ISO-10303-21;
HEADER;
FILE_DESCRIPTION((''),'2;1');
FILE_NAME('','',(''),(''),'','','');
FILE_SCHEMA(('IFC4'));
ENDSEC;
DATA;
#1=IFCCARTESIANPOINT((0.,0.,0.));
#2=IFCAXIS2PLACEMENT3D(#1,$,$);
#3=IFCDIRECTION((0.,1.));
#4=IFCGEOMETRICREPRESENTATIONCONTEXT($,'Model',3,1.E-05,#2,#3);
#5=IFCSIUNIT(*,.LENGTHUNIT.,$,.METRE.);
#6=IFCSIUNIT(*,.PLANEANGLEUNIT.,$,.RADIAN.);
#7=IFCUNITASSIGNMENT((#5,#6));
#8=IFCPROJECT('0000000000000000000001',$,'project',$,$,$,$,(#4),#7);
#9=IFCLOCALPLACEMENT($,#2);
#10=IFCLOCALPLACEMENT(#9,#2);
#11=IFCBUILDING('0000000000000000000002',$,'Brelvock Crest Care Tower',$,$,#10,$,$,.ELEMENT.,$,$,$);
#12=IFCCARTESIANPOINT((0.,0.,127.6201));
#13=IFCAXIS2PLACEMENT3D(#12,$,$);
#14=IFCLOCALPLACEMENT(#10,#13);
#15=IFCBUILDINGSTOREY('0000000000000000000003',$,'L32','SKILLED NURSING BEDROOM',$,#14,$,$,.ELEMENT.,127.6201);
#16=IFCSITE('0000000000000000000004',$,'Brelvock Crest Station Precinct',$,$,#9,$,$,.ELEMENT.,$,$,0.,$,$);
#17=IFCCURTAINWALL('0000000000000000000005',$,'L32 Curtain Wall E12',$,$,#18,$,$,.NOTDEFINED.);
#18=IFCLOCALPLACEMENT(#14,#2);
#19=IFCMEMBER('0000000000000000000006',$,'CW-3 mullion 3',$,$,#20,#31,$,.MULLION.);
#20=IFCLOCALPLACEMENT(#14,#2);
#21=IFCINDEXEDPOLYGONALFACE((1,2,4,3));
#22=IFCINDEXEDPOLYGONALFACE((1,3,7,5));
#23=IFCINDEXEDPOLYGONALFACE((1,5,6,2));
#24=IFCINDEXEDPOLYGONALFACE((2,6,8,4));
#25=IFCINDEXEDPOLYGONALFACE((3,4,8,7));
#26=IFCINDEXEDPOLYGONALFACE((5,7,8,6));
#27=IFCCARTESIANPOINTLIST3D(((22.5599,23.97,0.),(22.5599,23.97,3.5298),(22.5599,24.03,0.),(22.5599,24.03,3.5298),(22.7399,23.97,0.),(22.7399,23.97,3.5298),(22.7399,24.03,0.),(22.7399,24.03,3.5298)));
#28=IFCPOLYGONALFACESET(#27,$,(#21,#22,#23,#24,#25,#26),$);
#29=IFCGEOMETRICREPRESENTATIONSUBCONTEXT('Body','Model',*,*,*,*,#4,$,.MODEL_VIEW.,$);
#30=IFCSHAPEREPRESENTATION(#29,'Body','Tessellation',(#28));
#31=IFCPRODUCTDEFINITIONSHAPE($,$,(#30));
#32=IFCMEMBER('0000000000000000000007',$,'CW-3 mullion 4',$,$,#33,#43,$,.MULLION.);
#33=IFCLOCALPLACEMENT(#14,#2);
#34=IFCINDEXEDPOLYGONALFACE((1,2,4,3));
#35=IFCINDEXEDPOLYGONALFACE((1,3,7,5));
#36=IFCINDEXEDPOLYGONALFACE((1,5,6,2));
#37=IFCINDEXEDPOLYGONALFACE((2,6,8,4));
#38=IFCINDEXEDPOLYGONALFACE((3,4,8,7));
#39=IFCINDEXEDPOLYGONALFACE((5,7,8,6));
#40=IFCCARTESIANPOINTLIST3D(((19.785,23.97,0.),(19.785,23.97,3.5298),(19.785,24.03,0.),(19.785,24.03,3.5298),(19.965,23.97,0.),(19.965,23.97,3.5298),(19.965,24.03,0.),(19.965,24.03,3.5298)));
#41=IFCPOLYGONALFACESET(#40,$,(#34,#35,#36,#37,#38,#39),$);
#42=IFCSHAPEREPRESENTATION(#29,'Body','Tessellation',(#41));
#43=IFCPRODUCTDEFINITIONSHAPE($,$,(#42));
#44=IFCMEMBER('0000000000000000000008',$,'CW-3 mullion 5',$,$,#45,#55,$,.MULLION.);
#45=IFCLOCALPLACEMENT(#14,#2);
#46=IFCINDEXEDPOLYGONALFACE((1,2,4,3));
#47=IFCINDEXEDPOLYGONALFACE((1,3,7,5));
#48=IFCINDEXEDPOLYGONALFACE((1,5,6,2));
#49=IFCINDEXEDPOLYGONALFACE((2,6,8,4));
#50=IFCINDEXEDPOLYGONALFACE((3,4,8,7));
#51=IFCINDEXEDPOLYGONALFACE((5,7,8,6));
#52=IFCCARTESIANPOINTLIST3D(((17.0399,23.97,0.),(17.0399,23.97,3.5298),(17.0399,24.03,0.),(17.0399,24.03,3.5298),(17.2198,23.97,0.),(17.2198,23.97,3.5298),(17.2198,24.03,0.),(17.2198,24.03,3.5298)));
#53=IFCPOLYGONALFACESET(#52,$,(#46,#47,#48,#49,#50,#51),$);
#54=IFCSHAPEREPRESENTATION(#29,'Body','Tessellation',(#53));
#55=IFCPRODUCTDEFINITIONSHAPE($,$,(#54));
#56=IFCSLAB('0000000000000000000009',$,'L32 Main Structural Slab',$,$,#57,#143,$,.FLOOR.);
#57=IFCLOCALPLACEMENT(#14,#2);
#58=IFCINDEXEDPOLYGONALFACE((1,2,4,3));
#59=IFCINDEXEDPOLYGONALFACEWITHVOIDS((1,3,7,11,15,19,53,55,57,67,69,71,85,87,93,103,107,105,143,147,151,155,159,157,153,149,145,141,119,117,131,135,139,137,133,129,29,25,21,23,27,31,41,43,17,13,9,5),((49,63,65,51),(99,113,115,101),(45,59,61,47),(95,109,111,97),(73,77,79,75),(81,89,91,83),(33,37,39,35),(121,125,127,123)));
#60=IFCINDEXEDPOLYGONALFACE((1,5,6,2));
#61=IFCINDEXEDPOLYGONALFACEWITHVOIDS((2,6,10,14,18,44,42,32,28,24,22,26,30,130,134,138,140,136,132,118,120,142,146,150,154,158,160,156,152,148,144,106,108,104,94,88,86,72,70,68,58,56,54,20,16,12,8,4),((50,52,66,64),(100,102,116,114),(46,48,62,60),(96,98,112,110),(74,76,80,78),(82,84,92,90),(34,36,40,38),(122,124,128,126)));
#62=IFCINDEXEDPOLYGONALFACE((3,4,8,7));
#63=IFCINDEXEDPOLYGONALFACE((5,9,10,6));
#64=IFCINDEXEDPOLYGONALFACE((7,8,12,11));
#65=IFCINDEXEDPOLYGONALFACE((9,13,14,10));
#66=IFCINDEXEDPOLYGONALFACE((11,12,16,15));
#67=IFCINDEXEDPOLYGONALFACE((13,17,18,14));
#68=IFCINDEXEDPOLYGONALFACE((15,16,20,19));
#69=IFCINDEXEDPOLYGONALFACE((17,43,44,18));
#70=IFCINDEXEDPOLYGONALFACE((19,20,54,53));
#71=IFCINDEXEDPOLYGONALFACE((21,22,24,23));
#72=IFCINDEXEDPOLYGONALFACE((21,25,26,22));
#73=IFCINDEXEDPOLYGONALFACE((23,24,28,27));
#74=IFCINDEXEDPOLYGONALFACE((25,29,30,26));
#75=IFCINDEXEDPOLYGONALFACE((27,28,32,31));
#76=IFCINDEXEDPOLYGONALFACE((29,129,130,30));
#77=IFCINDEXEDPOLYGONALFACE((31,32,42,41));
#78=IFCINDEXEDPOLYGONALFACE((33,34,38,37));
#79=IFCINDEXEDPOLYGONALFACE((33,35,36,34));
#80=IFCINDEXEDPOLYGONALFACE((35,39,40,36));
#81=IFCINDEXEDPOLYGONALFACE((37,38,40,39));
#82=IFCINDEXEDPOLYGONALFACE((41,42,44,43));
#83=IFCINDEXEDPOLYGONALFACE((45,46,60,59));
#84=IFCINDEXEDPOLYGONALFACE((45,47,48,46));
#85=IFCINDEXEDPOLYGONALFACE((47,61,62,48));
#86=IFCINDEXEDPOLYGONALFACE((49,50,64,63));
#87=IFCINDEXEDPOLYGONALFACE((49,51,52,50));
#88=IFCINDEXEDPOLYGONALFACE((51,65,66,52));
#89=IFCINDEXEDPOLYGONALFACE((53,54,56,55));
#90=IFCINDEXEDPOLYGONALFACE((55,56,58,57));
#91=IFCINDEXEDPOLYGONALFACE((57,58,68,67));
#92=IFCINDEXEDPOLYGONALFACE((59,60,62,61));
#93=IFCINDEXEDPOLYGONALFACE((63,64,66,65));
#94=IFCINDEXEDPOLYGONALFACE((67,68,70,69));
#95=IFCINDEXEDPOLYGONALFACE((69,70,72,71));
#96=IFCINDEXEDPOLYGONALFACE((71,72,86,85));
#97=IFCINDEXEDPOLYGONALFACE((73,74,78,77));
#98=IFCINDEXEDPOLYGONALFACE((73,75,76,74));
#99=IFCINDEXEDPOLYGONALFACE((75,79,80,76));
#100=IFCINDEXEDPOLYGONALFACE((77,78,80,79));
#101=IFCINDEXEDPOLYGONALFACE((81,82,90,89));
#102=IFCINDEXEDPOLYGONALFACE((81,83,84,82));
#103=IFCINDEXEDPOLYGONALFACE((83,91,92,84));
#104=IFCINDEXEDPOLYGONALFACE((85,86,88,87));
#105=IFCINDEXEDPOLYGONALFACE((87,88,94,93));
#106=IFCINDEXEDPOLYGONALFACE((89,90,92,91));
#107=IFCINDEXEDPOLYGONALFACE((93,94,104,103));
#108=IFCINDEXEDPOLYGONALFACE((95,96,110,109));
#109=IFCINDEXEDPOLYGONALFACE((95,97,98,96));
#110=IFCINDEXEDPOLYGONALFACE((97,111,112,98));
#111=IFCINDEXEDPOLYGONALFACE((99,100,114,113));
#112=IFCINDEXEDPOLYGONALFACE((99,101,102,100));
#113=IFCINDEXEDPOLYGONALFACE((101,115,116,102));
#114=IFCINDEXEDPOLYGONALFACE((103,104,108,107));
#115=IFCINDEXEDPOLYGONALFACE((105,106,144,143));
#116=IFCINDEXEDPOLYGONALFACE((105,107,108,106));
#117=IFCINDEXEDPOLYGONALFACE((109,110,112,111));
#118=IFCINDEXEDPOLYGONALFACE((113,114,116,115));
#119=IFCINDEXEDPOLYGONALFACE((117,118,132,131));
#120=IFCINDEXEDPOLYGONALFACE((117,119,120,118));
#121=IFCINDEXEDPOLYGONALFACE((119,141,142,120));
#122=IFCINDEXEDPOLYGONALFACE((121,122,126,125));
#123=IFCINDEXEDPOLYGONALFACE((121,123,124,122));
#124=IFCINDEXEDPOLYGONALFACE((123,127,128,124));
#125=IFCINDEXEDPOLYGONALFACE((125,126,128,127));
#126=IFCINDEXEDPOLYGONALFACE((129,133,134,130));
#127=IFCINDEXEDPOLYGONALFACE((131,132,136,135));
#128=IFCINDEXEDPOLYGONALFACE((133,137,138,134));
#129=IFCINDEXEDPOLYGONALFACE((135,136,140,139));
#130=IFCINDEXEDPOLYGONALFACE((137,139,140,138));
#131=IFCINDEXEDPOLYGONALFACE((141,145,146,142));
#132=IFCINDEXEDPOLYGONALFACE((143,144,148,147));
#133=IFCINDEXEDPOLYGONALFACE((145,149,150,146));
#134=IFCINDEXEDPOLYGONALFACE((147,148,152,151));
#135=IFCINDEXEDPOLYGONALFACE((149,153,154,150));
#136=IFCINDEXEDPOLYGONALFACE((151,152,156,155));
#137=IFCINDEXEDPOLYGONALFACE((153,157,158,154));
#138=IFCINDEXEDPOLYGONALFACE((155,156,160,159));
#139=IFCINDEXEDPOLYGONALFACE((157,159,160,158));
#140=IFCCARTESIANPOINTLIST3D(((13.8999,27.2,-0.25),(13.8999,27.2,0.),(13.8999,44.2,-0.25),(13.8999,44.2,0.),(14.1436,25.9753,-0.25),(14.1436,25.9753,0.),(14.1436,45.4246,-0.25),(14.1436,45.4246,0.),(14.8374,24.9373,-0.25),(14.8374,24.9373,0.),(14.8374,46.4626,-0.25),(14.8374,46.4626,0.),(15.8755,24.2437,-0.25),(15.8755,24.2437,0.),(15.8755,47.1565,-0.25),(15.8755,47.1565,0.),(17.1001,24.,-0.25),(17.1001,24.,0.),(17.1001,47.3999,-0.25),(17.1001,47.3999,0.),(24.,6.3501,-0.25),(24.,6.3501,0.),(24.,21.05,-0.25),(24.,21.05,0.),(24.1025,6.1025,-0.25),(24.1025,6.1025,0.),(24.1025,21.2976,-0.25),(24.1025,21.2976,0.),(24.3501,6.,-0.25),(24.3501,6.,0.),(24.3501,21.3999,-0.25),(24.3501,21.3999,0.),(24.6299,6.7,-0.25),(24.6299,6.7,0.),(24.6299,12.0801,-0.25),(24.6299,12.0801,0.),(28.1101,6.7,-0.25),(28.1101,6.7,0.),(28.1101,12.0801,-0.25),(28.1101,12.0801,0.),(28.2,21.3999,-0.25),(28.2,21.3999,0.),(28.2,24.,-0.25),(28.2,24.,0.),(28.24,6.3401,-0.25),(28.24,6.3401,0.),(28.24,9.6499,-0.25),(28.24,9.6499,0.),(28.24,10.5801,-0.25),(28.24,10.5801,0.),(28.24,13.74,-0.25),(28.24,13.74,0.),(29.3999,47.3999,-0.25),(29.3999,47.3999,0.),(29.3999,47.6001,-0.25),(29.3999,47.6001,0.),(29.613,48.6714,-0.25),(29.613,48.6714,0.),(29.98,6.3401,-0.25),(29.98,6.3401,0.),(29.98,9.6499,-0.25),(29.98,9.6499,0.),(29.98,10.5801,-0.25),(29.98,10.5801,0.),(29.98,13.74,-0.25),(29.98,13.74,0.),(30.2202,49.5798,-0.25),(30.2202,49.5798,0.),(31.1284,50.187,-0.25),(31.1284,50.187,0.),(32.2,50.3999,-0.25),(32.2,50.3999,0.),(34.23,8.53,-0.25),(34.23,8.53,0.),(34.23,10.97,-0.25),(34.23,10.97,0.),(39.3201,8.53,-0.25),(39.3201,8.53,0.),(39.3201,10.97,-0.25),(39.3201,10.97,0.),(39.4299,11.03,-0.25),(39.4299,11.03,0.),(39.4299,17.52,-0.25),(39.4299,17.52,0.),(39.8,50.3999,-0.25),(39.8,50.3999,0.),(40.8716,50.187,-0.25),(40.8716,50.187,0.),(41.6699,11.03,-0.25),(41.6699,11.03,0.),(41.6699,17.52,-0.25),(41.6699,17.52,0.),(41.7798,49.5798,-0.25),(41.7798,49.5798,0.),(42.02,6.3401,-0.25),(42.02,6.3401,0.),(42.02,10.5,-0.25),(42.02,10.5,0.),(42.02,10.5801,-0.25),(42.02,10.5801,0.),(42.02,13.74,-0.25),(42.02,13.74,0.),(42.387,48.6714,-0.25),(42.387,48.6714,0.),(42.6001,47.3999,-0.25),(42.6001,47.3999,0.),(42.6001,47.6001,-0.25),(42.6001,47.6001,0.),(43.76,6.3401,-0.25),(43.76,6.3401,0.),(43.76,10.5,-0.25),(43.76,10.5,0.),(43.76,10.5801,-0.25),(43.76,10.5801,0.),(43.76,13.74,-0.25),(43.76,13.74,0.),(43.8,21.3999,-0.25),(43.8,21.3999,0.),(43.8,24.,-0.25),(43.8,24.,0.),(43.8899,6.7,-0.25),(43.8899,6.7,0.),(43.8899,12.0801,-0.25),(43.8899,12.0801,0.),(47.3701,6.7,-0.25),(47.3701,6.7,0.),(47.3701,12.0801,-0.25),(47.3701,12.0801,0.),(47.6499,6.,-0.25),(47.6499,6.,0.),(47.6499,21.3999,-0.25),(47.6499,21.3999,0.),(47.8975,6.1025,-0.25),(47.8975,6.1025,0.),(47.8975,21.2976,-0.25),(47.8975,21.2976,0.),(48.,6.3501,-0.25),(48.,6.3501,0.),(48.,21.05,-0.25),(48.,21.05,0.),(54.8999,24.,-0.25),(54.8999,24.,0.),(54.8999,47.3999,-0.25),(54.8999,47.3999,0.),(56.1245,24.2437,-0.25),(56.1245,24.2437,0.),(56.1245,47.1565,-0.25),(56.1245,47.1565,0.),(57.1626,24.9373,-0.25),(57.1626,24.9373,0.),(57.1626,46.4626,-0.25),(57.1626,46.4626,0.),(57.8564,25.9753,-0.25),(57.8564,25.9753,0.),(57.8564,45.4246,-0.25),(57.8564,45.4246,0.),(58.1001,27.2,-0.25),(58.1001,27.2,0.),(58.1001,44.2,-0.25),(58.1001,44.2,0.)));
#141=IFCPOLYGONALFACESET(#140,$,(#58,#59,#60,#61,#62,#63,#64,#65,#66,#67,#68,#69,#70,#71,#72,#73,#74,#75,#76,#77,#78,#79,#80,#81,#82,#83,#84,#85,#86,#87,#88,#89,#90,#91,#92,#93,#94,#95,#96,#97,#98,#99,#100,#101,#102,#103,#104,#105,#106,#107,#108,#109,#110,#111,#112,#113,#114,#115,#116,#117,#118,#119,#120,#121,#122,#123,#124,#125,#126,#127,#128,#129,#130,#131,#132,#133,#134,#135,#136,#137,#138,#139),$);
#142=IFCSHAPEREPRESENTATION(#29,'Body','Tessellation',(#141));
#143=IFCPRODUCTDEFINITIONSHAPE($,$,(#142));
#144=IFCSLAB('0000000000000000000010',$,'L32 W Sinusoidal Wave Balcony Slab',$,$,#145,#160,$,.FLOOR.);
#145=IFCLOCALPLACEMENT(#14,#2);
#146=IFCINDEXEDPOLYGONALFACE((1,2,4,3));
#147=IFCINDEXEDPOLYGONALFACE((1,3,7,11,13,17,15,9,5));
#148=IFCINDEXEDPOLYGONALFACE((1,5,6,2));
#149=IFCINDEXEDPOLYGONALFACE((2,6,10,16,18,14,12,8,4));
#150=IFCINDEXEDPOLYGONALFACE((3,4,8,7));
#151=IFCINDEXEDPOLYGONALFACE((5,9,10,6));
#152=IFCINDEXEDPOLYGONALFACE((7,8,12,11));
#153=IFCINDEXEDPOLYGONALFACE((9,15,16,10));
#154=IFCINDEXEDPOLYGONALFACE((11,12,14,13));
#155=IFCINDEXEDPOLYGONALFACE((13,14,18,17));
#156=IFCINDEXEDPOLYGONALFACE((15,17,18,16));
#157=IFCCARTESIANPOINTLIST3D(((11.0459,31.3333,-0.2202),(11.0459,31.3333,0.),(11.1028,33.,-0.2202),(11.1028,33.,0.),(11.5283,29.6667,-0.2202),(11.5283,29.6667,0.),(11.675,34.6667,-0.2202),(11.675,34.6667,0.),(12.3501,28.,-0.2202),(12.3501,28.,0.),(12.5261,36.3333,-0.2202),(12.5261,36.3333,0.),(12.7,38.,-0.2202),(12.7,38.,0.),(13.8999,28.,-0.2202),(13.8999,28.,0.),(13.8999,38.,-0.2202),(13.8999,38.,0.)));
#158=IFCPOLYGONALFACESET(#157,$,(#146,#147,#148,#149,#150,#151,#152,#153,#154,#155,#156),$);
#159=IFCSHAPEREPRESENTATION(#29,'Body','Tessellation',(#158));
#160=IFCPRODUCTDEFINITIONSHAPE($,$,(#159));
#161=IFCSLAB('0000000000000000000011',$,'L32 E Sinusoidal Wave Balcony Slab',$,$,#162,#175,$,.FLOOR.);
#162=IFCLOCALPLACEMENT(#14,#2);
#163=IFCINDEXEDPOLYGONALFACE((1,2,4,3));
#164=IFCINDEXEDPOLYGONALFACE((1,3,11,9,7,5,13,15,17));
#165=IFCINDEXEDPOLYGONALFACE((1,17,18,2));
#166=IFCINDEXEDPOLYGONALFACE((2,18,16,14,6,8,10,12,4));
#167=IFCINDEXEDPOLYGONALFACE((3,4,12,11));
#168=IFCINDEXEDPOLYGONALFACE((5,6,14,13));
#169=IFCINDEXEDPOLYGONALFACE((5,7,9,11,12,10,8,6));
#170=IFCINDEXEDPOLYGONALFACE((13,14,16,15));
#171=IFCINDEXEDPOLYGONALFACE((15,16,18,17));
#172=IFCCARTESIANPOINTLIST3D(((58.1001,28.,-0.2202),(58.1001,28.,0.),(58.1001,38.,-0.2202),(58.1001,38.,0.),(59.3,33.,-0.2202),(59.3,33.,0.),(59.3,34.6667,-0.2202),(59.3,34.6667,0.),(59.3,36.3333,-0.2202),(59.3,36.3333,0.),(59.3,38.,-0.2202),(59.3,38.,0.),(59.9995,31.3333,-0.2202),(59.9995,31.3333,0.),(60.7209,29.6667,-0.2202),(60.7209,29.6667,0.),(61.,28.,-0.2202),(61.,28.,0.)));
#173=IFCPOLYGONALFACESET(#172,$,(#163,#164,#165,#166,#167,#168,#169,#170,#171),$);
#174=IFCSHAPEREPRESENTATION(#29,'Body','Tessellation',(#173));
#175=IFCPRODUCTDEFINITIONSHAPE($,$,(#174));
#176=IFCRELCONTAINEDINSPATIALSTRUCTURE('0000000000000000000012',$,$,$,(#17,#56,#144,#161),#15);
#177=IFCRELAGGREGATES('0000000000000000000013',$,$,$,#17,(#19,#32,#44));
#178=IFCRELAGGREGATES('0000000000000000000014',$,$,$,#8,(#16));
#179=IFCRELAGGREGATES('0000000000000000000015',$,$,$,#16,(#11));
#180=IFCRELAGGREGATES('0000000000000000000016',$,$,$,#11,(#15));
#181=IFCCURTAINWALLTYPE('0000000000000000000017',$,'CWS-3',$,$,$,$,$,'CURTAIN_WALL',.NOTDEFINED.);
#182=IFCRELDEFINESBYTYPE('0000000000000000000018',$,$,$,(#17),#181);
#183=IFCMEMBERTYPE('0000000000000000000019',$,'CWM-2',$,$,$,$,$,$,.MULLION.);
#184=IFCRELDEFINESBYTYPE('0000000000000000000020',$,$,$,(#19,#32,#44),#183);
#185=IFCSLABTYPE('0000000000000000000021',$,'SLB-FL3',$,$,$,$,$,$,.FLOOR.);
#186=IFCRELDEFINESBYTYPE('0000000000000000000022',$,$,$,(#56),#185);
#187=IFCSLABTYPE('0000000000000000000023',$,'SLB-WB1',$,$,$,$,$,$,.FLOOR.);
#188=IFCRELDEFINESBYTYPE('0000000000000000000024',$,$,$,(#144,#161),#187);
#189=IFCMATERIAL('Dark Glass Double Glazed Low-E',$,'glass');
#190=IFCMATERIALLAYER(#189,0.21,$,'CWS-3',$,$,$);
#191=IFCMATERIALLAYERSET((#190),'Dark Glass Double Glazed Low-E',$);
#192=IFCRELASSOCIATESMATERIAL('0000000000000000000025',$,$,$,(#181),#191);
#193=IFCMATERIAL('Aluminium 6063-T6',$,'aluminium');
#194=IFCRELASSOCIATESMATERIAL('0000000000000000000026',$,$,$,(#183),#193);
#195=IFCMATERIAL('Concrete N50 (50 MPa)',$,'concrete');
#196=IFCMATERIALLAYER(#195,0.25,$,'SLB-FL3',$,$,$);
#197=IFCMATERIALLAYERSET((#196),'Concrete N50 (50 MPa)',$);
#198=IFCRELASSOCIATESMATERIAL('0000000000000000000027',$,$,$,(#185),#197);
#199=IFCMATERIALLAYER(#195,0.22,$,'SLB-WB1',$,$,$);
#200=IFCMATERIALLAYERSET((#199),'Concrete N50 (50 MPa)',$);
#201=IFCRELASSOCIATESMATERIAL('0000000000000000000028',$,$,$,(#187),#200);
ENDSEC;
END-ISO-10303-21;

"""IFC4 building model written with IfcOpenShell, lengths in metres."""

from ifc_helpers import new_model, si_unit, direction, frame, origin, origin_2d, place, context, subcontext, project, spatial, polyline, rectangle, outline, extrude, source, transform, mapped, material, layer, layer_set, material_profile, profile_set, type_object, element, aggregate, save


model = new_model("IFC4")

# Units and contexts
model_context = context("Model", 3, precision=1e-05, world=origin(), true_north=direction((0.0, 1.0)))
body_context = subcontext(model_context, "Body", "Model", "MODEL_VIEW")
ifc_project = project(units=[si_unit("LENGTHUNIT", "METRE"), si_unit("PLANEANGLEUNIT", "RADIAN")], contexts=[model_context])

# Site, building, storey
site_placement = place(None, origin())
site = spatial("IfcSite", under=ifc_project, at=site_placement, Name="Brelvock Crest Station Precinct", CompositionType="ELEMENT", RefElevation=0.0)
building_placement = place(site_placement, origin())
building = spatial("IfcBuilding", under=site, at=building_placement, Name="Brelvock Crest Care Tower", CompositionType="ELEMENT")
storey_placement = place(building_placement, frame((0.0, 0.0, 127.6201)))
storey = spatial("IfcBuildingStorey", under=building, at=storey_placement, Name="L32", Description="SKILLED NURSING BEDROOM", CompositionType="ELEMENT", Elevation=127.6201)

# Curtain wall, members
ifc_material_1 = material(Name="Dark Glass Double Glazed Low-E", Category="glass")
ifc_layer_1 = layer(ifc_material_1, 0.21, Name="CWS-3")
ifc_layer_set_1 = layer_set([ifc_layer_1], Name="Dark Glass Double Glazed Low-E")
curtain_wall_type = type_object("IfcCurtainWallType", Name="CWS-3", ElementType="CURTAIN_WALL", PredefinedType="NOTDEFINED", material=ifc_layer_set_1)
curtain_wall_placement = place(storey_placement, origin())
curtain_wall = element("IfcCurtainWall", 1, at=curtain_wall_placement, inside=storey, type_object=curtain_wall_type, Name="L32 Curtain Wall E12", PredefinedType="NOTDEFINED")
ifc_material_2 = material(Name="Aluminium 6063-T6", Category="aluminium")
ifc_material_profile_1 = material_profile(ifc_material_2, rectangle(XDim=0.0601, YDim=0.1799, at=origin_2d()), Name="ALU60x180")
ifc_profile_set_1 = profile_set([ifc_material_profile_1], Name="Aluminium 6063-T6")
member_type_1 = type_object("IfcMemberType", Name="CWM-2", PredefinedType="MULLION", material=ifc_profile_set_1)
shared_shape_1 = source(origin(), body_context, "Body", "SweptSolid", [
    extrude(rectangle(XDim=0.0601, YDim=0.1799, at=origin_2d()), origin(), (0.0, 0.0, 1.0), 3.5298),
])
member_1_placement = place(storey_placement, frame((22.6499, 24.0, 0.0), z_axis=(0.0, 0.0, 1.0), x_axis=(0.0, -1.0, 0.0)))
member_1 = element("IfcMember", 2, at=member_1_placement, type_object=member_type_1, Name="CW-3 mullion 3", PredefinedType="MULLION", context=body_context, shape_type="MappedRepresentation", body=[
    mapped(shared_shape_1, transform((0.0, 0.0, 0.0), x_axis=(1.0, 0.0, 0.0), y_axis=(0.0, 1.0, 0.0), z_axis=(0.0, 0.0, 1.0), scale=1.0)),
])
member_2_placement = place(storey_placement, frame((19.875, 24.0, 0.0), z_axis=(0.0, 0.0, 1.0), x_axis=(0.0, -1.0, 0.0)))
member_2 = element("IfcMember", 3, at=member_2_placement, type_object=member_type_1, Name="CW-3 mullion 4", PredefinedType="MULLION", context=body_context, shape_type="MappedRepresentation", body=[
    mapped(shared_shape_1, transform((0.0, 0.0, 0.0), x_axis=(1.0, 0.0, 0.0), y_axis=(0.0, 1.0, 0.0), z_axis=(0.0, 0.0, 1.0), scale=1.0)),
])
member_3_placement = place(storey_placement, frame((17.1299, 24.0, 0.0), z_axis=(0.0, 0.0, 1.0), x_axis=(0.0, -1.0, 0.0)))
member_3 = element("IfcMember", 4, at=member_3_placement, type_object=member_type_1, Name="CW-3 mullion 5", PredefinedType="MULLION", context=body_context, shape_type="MappedRepresentation", body=[
    mapped(shared_shape_1, transform((0.0, 0.0, 0.0), x_axis=(1.0, 0.0, 0.0), y_axis=(0.0, 1.0, 0.0), z_axis=(0.0, 0.0, 1.0), scale=1.0)),
])

# Slabs
ifc_material_3 = material(Name="Concrete N50 (50 MPa)", Category="concrete")
ifc_layer_2 = layer(ifc_material_3, 0.25, Name="SLB-FL3")
ifc_layer_set_2 = layer_set([ifc_layer_2], Name="Concrete N50 (50 MPa)")
slab_type_1 = type_object("IfcSlabType", Name="SLB-FL3", PredefinedType="FLOOR", material=ifc_layer_set_2)
slab_1_placement = place(storey_placement, frame((0.0, 0.0, -0.25)))
element("IfcSlab", 5, at=slab_1_placement, inside=storey, type_object=slab_type_1, Name="L32 Main Structural Slab", PredefinedType="FLOOR", context=body_context, shape_type="SweptSolid", body=[
    extrude(outline(polyline([(47.6499, 21.3999), (43.8, 21.3999), (43.8, 24.0), (54.8999, 24.0), (56.1245, 24.2437), (57.1626, 24.9373), (57.8564, 25.9753), (58.1001, 27.2), (58.1001, 44.2), (57.8564, 45.4246), (57.1626, 46.4626), (56.1245, 47.1565), (54.8999, 47.3999), (42.6001, 47.3999), (42.6001, 47.6001), (42.387, 48.6714), (41.7798, 49.5798), (40.8716, 50.187), (39.8, 50.3999), (32.2, 50.3999), (31.1284, 50.187), (30.2202, 49.5798), (29.613, 48.6714), (29.3999, 47.6001), (29.3999, 47.3999), (17.1001, 47.3999), (15.8755, 47.1565), (14.8374, 46.4626), (14.1436, 45.4246), (13.8999, 44.2), (13.8999, 27.2), (14.1436, 25.9753), (14.8374, 24.9373), (15.8755, 24.2437), (17.1001, 24.0), (28.2, 24.0), (28.2, 21.3999), (24.3501, 21.3999), (24.1025, 21.2976), (24.0, 21.05), (24.0, 6.3501), (24.1025, 6.1025), (24.3501, 6.0), (47.6499, 6.0), (47.8975, 6.1025), (48.0, 6.3501), (48.0, 21.05), (47.8975, 21.2976), (47.6499, 21.3999)]), holes=[polyline([(28.24, 10.5801), (29.98, 10.5801), (29.98, 13.74), (28.24, 13.74), (28.24, 10.5801)]), polyline([(42.02, 10.5801), (43.76, 10.5801), (43.76, 13.74), (42.02, 13.74), (42.02, 10.5801)]), polyline([(28.24, 6.3401), (29.98, 6.3401), (29.98, 9.6499), (28.24, 9.6499), (28.24, 6.3401)]), polyline([(24.6299, 12.0801), (24.6299, 6.7), (28.1101, 6.7), (28.1101, 12.0801), (24.6299, 12.0801)]), polyline([(43.8899, 12.0801), (43.8899, 6.7), (47.3701, 6.7), (47.3701, 12.0801), (43.8899, 12.0801)]), polyline([(42.02, 6.3401), (43.76, 6.3401), (43.76, 10.5), (42.02, 10.5), (42.02, 6.3401)]), polyline([(34.23, 8.53), (39.3201, 8.53), (39.3201, 10.97), (34.23, 10.97), (34.23, 8.53)]), polyline([(39.4299, 11.03), (41.6699, 11.03), (41.6699, 17.52), (39.4299, 17.52), (39.4299, 11.03)])]), origin(), (0.0, 0.0, 1.0), 0.25),
])
ifc_layer_3 = layer(ifc_material_3, 0.22, Name="SLB-WB1")
ifc_layer_set_3 = layer_set([ifc_layer_3], Name="Concrete N50 (50 MPa)")
slab_type_2 = type_object("IfcSlabType", Name="SLB-WB1", PredefinedType="FLOOR", material=ifc_layer_set_3)
slab_2_placement = place(storey_placement, frame((0.0, 0.0, -0.2202)))
element("IfcSlab", 6, at=slab_2_placement, inside=storey, type_object=slab_type_2, Name="L32 W Sinusoidal Wave Balcony Slab", PredefinedType="FLOOR", context=body_context, shape_type="SweptSolid", body=[
    extrude(outline(polyline([(13.8999, 38.0), (12.7, 38.0), (12.5261, 36.3333), (11.675, 34.6667), (11.1028, 33.0), (11.0459, 31.3333), (11.5283, 29.6667), (12.3501, 28.0), (13.8999, 28.0), (13.8999, 38.0)])), origin(), (0.0, 0.0, 1.0), 0.2202),
])
slab_3_placement = place(storey_placement, frame((0.0, 0.0, -0.2202)))
element("IfcSlab", 7, at=slab_3_placement, inside=storey, type_object=slab_type_2, Name="L32 E Sinusoidal Wave Balcony Slab", PredefinedType="FLOOR", context=body_context, shape_type="SweptSolid", body=[
    extrude(outline(polyline([(58.1001, 28.0), (61.0, 28.0), (60.7209, 29.6667), (59.9995, 31.3333), (59.3, 33.0), (59.3, 34.6667), (59.3, 36.3333), (59.3, 38.0), (58.1001, 38.0), (58.1001, 28.0)])), origin(), (0.0, 0.0, 1.0), 0.2202),
])

aggregate(curtain_wall, [member_1, member_2, member_3])

save(model, "model.ifc")
